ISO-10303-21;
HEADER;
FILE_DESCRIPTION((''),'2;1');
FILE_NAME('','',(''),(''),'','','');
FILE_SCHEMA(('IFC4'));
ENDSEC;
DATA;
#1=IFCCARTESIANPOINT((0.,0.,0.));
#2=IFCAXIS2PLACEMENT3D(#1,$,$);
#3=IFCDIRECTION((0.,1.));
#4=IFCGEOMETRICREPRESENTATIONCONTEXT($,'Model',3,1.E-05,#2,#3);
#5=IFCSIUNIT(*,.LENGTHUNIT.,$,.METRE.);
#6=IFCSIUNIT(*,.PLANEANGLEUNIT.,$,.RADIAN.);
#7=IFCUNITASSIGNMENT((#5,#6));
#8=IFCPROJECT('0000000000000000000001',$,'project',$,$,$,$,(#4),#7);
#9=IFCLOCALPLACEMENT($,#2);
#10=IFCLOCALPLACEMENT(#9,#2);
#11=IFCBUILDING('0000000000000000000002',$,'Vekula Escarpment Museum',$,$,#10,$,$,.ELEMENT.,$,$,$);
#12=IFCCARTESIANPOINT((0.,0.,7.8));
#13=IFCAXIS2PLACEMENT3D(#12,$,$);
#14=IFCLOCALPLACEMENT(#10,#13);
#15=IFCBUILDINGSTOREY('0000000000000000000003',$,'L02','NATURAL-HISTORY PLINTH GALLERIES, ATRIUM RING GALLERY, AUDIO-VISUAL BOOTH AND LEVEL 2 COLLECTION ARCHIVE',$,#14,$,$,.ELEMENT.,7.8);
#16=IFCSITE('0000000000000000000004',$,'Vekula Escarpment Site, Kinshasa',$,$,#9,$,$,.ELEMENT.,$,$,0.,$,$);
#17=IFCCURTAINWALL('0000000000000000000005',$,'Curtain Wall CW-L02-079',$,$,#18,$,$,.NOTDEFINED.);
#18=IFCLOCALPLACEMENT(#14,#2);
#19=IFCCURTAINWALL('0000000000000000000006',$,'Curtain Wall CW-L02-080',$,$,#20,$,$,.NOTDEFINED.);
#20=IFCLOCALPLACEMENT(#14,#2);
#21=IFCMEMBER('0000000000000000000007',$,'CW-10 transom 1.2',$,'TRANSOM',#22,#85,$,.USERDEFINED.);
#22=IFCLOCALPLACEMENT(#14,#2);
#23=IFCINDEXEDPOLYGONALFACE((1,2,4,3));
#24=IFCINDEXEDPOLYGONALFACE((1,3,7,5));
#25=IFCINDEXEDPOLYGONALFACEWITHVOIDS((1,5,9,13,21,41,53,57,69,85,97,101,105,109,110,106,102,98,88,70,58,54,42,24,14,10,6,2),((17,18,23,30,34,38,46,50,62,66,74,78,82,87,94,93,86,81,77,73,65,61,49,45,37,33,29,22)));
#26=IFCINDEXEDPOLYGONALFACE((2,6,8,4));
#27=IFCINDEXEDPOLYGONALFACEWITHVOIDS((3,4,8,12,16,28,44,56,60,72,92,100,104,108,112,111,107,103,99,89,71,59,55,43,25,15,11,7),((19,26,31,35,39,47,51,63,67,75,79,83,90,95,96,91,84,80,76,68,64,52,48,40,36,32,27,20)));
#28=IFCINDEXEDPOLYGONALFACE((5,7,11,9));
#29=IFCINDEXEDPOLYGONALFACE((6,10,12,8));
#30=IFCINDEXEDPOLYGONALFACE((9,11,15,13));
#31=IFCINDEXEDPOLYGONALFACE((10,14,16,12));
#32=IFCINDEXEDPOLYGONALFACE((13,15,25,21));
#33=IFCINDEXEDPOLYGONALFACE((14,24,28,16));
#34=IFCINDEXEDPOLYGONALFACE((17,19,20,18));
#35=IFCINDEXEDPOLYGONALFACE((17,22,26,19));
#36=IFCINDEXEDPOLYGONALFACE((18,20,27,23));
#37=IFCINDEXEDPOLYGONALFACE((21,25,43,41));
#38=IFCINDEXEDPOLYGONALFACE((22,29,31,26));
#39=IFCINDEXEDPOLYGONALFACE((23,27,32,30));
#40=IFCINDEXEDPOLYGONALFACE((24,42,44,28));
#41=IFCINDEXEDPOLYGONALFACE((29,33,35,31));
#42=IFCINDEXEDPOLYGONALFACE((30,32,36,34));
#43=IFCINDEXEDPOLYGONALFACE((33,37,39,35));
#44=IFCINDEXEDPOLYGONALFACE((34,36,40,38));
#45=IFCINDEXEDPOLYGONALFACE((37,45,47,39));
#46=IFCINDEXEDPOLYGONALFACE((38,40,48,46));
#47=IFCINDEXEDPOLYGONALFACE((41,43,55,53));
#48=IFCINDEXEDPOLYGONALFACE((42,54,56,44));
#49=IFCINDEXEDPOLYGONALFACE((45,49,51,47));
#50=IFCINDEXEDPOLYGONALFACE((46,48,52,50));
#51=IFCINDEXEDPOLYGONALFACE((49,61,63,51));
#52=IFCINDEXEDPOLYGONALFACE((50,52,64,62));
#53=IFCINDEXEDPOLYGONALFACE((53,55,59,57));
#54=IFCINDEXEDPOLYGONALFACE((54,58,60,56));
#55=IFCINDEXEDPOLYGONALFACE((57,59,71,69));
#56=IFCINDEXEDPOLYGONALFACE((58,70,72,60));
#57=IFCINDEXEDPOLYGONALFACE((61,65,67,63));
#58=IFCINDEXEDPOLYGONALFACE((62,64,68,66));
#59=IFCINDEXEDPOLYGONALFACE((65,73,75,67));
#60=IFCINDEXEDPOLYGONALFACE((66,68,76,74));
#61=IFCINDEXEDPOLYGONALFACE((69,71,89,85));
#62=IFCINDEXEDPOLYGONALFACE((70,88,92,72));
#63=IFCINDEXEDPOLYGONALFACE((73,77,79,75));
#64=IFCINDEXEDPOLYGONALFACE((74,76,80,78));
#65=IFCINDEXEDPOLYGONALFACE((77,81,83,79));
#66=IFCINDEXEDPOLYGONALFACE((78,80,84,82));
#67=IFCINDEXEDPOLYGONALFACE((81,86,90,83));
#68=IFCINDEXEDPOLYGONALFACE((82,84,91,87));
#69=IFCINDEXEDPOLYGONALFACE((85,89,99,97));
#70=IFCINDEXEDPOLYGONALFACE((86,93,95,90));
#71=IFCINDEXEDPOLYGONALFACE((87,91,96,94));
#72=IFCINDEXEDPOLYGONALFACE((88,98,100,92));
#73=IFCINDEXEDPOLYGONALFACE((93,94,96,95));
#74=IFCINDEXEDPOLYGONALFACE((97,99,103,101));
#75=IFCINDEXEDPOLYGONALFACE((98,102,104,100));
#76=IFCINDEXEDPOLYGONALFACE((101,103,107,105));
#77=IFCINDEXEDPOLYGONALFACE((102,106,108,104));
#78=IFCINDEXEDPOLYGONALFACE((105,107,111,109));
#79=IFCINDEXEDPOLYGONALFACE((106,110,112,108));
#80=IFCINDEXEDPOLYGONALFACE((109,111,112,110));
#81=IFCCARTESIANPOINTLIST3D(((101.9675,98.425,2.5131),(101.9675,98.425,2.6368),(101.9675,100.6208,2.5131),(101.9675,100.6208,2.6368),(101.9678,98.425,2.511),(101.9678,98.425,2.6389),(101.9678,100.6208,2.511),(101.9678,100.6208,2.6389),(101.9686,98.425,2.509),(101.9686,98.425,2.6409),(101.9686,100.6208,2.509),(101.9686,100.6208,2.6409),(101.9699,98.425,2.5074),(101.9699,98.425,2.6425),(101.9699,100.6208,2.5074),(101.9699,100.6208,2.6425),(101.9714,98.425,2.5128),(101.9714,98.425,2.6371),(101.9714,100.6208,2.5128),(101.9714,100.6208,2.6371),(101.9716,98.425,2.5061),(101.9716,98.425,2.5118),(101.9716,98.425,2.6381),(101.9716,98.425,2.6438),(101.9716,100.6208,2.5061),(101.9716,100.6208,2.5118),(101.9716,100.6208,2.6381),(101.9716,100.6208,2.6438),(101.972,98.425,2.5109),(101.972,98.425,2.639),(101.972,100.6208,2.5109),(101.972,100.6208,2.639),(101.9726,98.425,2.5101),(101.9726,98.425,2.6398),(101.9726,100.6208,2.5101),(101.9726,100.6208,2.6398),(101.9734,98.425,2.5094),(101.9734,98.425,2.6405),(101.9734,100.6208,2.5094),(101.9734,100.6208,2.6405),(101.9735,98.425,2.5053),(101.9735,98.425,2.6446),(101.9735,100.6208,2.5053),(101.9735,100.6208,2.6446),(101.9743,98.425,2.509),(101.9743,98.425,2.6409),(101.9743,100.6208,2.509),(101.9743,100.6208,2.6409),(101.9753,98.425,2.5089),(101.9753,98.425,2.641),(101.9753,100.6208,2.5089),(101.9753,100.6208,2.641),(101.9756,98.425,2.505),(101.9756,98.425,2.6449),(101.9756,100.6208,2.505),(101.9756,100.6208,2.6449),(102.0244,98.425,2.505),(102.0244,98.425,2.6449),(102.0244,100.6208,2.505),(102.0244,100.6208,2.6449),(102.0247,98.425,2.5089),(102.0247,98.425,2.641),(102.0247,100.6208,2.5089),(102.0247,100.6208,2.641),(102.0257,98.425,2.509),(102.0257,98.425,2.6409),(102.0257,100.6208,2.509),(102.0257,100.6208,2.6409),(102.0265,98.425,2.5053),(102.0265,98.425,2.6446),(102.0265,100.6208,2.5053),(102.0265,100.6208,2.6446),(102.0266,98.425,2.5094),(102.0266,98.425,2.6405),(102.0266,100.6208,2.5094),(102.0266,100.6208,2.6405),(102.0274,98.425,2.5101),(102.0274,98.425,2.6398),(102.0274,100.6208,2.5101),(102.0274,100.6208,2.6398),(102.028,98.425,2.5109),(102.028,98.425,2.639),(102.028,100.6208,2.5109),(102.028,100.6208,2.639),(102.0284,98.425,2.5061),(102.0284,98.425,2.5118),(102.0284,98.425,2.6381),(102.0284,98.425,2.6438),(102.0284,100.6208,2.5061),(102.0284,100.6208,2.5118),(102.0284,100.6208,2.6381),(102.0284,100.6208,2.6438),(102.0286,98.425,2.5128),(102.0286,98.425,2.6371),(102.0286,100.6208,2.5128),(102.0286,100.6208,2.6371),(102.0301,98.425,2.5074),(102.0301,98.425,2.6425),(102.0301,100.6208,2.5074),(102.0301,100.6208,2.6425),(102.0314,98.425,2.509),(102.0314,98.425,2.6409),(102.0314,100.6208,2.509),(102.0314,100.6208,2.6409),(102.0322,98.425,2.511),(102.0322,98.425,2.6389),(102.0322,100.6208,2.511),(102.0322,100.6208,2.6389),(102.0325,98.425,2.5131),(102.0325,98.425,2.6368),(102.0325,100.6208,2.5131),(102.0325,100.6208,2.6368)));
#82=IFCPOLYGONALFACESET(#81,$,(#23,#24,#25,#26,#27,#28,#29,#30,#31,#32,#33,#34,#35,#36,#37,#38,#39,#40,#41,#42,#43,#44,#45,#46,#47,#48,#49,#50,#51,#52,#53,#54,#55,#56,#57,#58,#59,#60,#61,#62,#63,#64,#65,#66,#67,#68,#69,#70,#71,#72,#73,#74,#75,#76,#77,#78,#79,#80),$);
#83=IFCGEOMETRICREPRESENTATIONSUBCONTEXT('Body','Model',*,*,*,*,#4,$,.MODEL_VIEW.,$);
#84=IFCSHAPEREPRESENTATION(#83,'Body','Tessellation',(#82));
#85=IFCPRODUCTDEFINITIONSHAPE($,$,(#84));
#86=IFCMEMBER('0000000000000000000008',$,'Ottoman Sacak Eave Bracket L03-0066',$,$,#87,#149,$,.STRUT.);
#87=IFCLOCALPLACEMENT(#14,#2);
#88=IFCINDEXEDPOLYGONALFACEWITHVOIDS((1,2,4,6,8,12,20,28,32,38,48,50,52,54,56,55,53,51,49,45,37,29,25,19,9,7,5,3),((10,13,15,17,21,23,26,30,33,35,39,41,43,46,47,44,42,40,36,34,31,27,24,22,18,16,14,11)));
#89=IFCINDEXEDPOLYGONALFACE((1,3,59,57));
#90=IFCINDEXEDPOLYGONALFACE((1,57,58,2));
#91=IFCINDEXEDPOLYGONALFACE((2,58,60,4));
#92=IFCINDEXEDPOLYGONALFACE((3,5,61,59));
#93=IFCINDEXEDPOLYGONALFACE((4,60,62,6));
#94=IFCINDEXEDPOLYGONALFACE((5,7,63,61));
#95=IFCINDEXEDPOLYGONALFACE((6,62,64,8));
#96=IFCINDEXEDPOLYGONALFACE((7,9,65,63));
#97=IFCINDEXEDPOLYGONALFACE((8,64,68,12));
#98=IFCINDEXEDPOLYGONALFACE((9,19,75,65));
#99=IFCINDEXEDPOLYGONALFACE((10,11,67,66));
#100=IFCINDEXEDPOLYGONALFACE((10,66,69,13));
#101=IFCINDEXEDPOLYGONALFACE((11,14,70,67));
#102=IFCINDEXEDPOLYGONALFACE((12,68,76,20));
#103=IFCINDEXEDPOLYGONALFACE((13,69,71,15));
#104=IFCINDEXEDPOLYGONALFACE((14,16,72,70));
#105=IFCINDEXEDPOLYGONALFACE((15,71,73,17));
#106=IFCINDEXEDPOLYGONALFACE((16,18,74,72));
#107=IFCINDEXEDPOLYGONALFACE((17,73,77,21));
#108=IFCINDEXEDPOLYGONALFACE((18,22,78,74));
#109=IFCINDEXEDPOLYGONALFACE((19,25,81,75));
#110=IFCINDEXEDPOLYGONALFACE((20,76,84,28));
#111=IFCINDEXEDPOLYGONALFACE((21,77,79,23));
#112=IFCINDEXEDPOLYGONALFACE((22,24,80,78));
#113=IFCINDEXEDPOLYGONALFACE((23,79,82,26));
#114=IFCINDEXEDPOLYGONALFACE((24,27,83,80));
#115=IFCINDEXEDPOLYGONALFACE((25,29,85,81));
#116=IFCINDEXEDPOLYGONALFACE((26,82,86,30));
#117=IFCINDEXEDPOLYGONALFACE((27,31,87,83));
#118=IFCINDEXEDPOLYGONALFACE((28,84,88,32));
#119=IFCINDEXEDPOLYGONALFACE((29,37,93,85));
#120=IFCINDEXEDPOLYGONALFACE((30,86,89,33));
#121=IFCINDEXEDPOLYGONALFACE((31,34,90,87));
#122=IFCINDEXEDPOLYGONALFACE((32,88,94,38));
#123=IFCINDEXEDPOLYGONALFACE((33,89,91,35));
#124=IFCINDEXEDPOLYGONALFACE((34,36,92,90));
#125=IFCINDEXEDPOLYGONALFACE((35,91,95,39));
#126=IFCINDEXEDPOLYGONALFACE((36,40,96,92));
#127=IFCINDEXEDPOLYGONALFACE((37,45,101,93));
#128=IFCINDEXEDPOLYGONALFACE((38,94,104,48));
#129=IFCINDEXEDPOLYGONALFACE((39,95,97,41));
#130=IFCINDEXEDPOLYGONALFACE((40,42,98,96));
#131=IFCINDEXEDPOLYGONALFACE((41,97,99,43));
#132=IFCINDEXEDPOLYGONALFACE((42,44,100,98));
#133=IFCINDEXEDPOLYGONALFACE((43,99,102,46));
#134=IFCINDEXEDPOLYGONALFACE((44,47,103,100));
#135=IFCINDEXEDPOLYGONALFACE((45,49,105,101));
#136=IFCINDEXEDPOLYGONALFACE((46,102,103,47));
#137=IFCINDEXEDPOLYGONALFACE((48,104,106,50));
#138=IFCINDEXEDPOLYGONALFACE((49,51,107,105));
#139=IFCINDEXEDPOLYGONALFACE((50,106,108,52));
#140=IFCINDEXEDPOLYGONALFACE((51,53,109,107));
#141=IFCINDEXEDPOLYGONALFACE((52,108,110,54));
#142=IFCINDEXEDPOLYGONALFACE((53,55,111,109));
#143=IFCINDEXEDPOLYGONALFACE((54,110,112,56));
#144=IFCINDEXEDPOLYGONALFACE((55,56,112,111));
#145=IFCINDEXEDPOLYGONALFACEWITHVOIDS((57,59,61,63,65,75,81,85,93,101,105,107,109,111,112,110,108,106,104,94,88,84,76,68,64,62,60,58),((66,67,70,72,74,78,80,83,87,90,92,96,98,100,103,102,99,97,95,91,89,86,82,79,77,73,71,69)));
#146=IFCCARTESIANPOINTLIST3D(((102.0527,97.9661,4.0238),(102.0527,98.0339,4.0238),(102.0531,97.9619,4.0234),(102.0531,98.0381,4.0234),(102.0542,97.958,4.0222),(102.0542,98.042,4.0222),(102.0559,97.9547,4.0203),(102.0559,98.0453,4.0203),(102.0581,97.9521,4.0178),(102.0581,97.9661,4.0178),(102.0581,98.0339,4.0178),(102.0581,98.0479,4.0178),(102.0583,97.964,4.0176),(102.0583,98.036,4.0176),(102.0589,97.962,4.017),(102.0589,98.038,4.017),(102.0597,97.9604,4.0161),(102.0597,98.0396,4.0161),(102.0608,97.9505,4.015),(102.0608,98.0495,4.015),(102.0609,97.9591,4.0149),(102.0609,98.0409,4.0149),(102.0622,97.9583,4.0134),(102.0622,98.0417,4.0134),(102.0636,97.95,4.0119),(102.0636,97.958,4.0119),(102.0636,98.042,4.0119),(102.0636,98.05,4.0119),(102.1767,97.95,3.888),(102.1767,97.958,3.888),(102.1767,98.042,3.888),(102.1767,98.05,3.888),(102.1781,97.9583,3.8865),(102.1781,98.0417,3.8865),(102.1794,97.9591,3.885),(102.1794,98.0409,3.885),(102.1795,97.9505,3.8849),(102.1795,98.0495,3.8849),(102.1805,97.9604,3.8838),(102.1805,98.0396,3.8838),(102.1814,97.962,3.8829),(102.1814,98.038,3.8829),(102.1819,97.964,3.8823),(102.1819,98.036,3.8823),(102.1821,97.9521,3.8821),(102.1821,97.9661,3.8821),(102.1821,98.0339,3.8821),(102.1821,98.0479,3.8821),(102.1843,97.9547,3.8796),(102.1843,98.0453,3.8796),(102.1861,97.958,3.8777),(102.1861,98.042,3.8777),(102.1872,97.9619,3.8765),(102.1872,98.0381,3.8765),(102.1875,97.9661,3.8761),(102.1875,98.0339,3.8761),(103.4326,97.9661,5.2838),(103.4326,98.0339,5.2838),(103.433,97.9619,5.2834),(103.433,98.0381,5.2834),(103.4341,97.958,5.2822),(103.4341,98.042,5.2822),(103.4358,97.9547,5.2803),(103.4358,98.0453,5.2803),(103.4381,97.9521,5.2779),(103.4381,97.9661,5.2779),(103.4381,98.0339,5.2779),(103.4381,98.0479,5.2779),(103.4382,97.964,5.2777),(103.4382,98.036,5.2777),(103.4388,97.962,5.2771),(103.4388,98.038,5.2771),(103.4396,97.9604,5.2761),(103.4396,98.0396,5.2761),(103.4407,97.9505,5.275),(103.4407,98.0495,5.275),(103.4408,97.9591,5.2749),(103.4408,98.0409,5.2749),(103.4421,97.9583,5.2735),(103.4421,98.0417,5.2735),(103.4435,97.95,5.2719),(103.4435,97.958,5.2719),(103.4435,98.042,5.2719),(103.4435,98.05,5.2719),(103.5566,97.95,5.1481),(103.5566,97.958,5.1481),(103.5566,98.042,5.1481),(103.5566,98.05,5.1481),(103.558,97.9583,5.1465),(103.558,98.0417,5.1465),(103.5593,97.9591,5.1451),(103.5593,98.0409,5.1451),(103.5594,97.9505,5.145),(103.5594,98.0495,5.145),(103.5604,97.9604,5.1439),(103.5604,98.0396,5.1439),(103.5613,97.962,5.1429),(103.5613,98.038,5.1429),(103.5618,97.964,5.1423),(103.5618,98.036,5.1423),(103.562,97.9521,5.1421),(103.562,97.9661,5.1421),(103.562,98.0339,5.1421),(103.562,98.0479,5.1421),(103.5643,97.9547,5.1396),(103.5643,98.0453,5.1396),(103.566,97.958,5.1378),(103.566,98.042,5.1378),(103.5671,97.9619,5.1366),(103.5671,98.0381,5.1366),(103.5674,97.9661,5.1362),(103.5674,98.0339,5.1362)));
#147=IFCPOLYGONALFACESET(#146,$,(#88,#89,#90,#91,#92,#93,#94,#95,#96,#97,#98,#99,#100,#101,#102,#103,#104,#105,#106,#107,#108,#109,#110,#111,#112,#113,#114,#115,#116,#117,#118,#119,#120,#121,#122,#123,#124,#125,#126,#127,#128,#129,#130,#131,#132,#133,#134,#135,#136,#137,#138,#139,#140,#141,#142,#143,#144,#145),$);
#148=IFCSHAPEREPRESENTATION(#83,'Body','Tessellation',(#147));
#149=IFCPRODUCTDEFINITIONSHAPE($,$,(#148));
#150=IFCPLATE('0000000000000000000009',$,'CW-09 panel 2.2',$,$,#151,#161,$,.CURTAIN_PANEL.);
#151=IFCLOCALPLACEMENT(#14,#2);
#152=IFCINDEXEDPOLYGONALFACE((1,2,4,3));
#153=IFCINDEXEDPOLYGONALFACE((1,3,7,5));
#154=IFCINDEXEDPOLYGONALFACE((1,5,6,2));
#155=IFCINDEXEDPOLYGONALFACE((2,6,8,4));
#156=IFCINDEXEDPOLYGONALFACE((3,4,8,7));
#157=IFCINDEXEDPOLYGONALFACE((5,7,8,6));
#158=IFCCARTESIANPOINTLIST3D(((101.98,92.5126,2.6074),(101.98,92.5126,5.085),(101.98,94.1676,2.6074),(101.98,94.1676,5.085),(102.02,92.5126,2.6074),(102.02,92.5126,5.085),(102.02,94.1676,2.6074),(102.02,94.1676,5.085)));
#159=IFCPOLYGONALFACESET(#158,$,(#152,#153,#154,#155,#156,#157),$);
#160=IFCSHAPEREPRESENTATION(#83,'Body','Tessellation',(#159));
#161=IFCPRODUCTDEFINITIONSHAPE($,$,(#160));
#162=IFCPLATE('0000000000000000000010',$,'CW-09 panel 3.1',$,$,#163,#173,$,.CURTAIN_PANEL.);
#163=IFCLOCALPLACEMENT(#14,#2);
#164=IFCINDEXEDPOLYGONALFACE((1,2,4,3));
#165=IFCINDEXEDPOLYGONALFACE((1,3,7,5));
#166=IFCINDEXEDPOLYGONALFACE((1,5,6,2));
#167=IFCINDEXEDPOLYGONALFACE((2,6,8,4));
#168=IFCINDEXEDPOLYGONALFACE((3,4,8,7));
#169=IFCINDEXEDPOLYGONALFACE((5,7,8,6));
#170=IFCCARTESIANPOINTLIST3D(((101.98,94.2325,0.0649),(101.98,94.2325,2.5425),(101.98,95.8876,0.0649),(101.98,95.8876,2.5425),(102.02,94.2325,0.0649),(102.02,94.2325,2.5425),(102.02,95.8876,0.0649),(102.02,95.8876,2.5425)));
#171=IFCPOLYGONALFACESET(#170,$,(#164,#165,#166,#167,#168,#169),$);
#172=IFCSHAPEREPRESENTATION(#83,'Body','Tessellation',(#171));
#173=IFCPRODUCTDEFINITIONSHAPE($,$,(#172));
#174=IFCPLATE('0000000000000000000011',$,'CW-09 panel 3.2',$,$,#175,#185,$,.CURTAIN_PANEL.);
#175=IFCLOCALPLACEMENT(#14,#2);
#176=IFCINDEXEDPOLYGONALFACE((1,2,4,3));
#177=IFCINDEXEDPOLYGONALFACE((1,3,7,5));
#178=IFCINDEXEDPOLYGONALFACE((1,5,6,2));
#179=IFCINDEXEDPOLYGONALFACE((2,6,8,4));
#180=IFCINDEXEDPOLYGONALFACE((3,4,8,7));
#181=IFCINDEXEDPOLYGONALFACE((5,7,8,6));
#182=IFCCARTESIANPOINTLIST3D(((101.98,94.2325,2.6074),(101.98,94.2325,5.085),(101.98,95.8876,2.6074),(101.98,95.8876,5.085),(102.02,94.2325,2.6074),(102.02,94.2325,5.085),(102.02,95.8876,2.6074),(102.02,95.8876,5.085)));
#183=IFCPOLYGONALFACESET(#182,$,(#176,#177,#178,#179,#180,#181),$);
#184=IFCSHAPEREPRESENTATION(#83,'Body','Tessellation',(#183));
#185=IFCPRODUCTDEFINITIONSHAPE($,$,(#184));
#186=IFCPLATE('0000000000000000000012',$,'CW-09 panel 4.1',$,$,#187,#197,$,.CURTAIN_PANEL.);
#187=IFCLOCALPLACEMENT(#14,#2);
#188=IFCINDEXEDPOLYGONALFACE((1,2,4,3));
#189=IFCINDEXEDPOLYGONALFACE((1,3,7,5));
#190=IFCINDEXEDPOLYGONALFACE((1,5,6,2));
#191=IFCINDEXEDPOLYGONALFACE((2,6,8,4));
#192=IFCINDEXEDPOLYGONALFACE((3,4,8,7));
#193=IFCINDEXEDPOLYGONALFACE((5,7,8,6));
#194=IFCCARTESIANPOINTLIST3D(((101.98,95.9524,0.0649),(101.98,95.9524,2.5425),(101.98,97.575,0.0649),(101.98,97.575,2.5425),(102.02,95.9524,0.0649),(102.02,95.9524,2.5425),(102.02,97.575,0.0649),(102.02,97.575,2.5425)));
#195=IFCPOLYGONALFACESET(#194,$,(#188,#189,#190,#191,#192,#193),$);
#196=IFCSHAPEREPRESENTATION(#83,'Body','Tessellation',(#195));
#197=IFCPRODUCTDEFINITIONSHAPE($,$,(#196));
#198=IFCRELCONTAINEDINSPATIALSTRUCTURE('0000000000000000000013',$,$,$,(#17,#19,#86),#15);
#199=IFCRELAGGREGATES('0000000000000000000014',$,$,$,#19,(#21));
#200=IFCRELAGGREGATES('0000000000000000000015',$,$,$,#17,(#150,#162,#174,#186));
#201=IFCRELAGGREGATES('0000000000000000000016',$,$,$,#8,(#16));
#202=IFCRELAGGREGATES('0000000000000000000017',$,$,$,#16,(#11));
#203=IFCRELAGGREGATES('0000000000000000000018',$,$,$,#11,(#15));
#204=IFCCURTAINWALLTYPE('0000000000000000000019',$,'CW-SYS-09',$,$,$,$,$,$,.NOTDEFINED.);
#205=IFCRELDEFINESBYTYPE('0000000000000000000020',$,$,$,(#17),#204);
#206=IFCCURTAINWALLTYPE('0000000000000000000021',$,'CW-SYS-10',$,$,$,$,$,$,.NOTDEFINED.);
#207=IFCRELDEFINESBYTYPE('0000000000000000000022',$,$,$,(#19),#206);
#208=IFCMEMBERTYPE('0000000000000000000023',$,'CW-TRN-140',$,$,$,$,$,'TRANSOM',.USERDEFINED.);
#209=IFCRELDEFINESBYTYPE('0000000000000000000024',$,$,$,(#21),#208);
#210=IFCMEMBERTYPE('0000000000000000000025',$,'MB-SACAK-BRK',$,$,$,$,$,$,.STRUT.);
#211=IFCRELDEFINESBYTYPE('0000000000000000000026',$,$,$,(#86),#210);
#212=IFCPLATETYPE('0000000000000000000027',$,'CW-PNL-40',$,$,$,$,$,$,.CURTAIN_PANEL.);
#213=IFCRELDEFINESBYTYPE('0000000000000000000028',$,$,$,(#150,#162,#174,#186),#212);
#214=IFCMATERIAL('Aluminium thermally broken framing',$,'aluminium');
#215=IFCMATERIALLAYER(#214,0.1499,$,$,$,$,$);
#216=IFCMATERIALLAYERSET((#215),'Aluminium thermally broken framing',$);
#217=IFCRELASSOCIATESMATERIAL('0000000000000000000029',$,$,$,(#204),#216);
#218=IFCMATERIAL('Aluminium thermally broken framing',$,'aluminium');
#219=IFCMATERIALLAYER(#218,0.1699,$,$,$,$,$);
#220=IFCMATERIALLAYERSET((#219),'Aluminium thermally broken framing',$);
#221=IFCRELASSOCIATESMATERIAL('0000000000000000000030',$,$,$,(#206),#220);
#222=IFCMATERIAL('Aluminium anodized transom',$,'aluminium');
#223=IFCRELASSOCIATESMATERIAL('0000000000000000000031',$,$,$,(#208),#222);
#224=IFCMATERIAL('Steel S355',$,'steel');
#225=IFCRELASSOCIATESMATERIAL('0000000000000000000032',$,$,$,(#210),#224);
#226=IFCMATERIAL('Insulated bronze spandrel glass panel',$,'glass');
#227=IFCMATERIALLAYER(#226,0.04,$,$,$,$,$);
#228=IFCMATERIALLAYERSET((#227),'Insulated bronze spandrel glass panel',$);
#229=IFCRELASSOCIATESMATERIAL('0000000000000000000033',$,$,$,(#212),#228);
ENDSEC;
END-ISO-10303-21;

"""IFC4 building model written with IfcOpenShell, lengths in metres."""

from ifc_helpers import new_model, si_unit, direction, frame, origin, origin_2d, place, context, subcontext, project, spatial, rectangle, hollow_rectangle, extrude, material, layer, layer_set, material_profile, profile_set, type_object, element, aggregate, save


model = new_model("IFC4")

# Units and contexts
model_context = context("Model", 3, precision=1e-05, world=origin(), true_north=direction((0.0, 1.0)))
body_context = subcontext(model_context, "Body", "Model", "MODEL_VIEW")
ifc_project = project(units=[si_unit("LENGTHUNIT", "METRE"), si_unit("PLANEANGLEUNIT", "RADIAN")], contexts=[model_context])

# Site, building, storey
site_placement = place(None, origin())
site = spatial("IfcSite", under=ifc_project, at=site_placement, Name="Vekula Escarpment Site, Kinshasa", CompositionType="ELEMENT", RefElevation=0.0)
building_placement = place(site_placement, origin())
building = spatial("IfcBuilding", under=site, at=building_placement, Name="Vekula Escarpment Museum", CompositionType="ELEMENT")
storey_placement = place(building_placement, frame((0.0, 0.0, 7.8)))
storey = spatial("IfcBuildingStorey", under=building, at=storey_placement, Name="L02", Description="NATURAL-HISTORY PLINTH GALLERIES, ATRIUM RING GALLERY, AUDIO-VISUAL BOOTH AND LEVEL 2 COLLECTION ARCHIVE", CompositionType="ELEMENT", Elevation=7.8)

# Curtain wall
ifc_material_1 = material(Name="Aluminium thermally broken framing", Category="aluminium")
ifc_layer_1 = layer(ifc_material_1, 0.1499)
ifc_layer_set_1 = layer_set([ifc_layer_1], Name="Aluminium thermally broken framing")
curtain_wall_type_1 = type_object("IfcCurtainWallType", Name="CW-SYS-09", PredefinedType="NOTDEFINED", material=ifc_layer_set_1)
curtain_wall_1_placement = place(storey_placement, origin())
curtain_wall_1 = element("IfcCurtainWall", 1, at=curtain_wall_1_placement, inside=storey, type_object=curtain_wall_type_1, Name="Curtain Wall CW-L02-079", PredefinedType="NOTDEFINED")

# Curtain wall
ifc_material_2 = material(Name="Aluminium thermally broken framing", Category="aluminium")
ifc_layer_2 = layer(ifc_material_2, 0.1699)
ifc_layer_set_2 = layer_set([ifc_layer_2], Name="Aluminium thermally broken framing")
curtain_wall_type_2 = type_object("IfcCurtainWallType", Name="CW-SYS-10", PredefinedType="NOTDEFINED", material=ifc_layer_set_2)
curtain_wall_2_placement = place(storey_placement, origin())
curtain_wall_2 = element("IfcCurtainWall", 2, at=curtain_wall_2_placement, inside=storey, type_object=curtain_wall_type_2, Name="Curtain Wall CW-L02-080", PredefinedType="NOTDEFINED")

# Members
ifc_material_3 = material(Name="Aluminium anodized transom", Category="aluminium")
ifc_material_profile_1 = material_profile(ifc_material_3, hollow_rectangle(XDim=0.0649, YDim=0.1399, WallThickness=0.0039, InnerFilletRadius=0.0039, OuterFilletRadius=0.0081, at=origin_2d()), Name="ALU 140x65x4")
ifc_profile_set_1 = profile_set([ifc_material_profile_1], Name="Aluminium anodized transom")
member_type_1 = type_object("IfcMemberType", Name="CW-TRN-140", ElementType="TRANSOM", PredefinedType="USERDEFINED", material=ifc_profile_set_1)
member_1_placement = place(storey_placement, frame((102.0, 98.425, 2.575), z_axis=(0.0, 1.0, 0.0), x_axis=(-1.0, 0.0, 0.0)))
member_1 = element("IfcMember", 3, at=member_1_placement, type_object=member_type_1, Name="CW-10 transom 1.2", ObjectType="TRANSOM", PredefinedType="USERDEFINED", context=body_context, shape_type="SweptSolid", body=[
    extrude(hollow_rectangle(XDim=0.0649, YDim=0.1399, WallThickness=0.0039, InnerFilletRadius=0.0039, OuterFilletRadius=0.0081, at=origin_2d()), origin(), (0.0, 0.0, 1.0), 2.1958),
])
aggregate(curtain_wall_2, [member_1])
ifc_material_4 = material(Name="Steel S355", Category="steel")
ifc_material_profile_2 = material_profile(ifc_material_4, hollow_rectangle(XDim=0.1001, YDim=0.2, WallThickness=0.0081, InnerFilletRadius=0.0081, OuterFilletRadius=0.0161, at=origin_2d()), Name="RHS 200x100x8")
ifc_profile_set_2 = profile_set([ifc_material_profile_2], Name="Steel S355")
member_type_2 = type_object("IfcMemberType", Name="MB-SACAK-BRK", PredefinedType="STRUT", material=ifc_profile_set_2)
member_2_placement = place(storey_placement, frame((102.1201, 98.0, 3.95), z_axis=(0.738454, 0.0, 0.674303), x_axis=(0.0, 1.0, 0.0)))
element("IfcMember", 4, at=member_2_placement, inside=storey, type_object=member_type_2, Name="Ottoman Sacak Eave Bracket L03-0066", PredefinedType="STRUT", context=body_context, shape_type="SweptSolid", body=[
    extrude(hollow_rectangle(XDim=0.1001, YDim=0.2, WallThickness=0.0081, InnerFilletRadius=0.0081, OuterFilletRadius=0.0161, at=origin_2d()), origin(), (0.0, 0.0, 1.0), 1.8687),
])

# Plates
ifc_material_5 = material(Name="Insulated bronze spandrel glass panel", Category="glass")
ifc_layer_3 = layer(ifc_material_5, 0.04)
ifc_layer_set_3 = layer_set([ifc_layer_3], Name="Insulated bronze spandrel glass panel")
plate_type_1 = type_object("IfcPlateType", Name="CW-PNL-40", PredefinedType="CURTAIN_PANEL", material=ifc_layer_set_3)
plate_1_placement = place(storey_placement, frame((102.0, 93.3401, 2.6074), z_axis=(0.0, 0.0, 1.0), x_axis=(0.0, 1.0, 0.0)))
plate_1 = element("IfcPlate", 5, at=plate_1_placement, type_object=plate_type_1, Name="CW-09 panel 2.2", PredefinedType="CURTAIN_PANEL", context=body_context, shape_type="SweptSolid", body=[
    extrude(rectangle(XDim=1.655, YDim=0.04, at=origin_2d()), origin(), (0.0, 0.0, 1.0), 2.4775),
])
plate_2_placement = place(storey_placement, frame((102.0, 95.0601, 0.0649), z_axis=(0.0, 0.0, 1.0), x_axis=(0.0, 1.0, 0.0)))
plate_2 = element("IfcPlate", 6, at=plate_2_placement, type_object=plate_type_1, Name="CW-09 panel 3.1", PredefinedType="CURTAIN_PANEL", context=body_context, shape_type="SweptSolid", body=[
    extrude(rectangle(XDim=1.655, YDim=0.04, at=origin_2d()), origin(), (0.0, 0.0, 1.0), 2.4775),
])
plate_3_placement = place(storey_placement, frame((102.0, 95.0601, 2.6074), z_axis=(0.0, 0.0, 1.0), x_axis=(0.0, 1.0, 0.0)))
plate_3 = element("IfcPlate", 7, at=plate_3_placement, type_object=plate_type_1, Name="CW-09 panel 3.2", PredefinedType="CURTAIN_PANEL", context=body_context, shape_type="SweptSolid", body=[
    extrude(rectangle(XDim=1.655, YDim=0.04, at=origin_2d()), origin(), (0.0, 0.0, 1.0), 2.4775),
])
plate_4_placement = place(storey_placement, frame((102.0, 96.7637, 0.0649), z_axis=(0.0, 0.0, 1.0), x_axis=(0.0, 1.0, 0.0)))
plate_4 = element("IfcPlate", 8, at=plate_4_placement, type_object=plate_type_1, Name="CW-09 panel 4.1", PredefinedType="CURTAIN_PANEL", context=body_context, shape_type="SweptSolid", body=[
    extrude(rectangle(XDim=1.6226, YDim=0.04, at=origin_2d()), origin(), (0.0, 0.0, 1.0), 2.4775),
])
aggregate(curtain_wall_1, [plate_1, plate_2, plate_3, plate_4])

save(model, "model.ifc")
